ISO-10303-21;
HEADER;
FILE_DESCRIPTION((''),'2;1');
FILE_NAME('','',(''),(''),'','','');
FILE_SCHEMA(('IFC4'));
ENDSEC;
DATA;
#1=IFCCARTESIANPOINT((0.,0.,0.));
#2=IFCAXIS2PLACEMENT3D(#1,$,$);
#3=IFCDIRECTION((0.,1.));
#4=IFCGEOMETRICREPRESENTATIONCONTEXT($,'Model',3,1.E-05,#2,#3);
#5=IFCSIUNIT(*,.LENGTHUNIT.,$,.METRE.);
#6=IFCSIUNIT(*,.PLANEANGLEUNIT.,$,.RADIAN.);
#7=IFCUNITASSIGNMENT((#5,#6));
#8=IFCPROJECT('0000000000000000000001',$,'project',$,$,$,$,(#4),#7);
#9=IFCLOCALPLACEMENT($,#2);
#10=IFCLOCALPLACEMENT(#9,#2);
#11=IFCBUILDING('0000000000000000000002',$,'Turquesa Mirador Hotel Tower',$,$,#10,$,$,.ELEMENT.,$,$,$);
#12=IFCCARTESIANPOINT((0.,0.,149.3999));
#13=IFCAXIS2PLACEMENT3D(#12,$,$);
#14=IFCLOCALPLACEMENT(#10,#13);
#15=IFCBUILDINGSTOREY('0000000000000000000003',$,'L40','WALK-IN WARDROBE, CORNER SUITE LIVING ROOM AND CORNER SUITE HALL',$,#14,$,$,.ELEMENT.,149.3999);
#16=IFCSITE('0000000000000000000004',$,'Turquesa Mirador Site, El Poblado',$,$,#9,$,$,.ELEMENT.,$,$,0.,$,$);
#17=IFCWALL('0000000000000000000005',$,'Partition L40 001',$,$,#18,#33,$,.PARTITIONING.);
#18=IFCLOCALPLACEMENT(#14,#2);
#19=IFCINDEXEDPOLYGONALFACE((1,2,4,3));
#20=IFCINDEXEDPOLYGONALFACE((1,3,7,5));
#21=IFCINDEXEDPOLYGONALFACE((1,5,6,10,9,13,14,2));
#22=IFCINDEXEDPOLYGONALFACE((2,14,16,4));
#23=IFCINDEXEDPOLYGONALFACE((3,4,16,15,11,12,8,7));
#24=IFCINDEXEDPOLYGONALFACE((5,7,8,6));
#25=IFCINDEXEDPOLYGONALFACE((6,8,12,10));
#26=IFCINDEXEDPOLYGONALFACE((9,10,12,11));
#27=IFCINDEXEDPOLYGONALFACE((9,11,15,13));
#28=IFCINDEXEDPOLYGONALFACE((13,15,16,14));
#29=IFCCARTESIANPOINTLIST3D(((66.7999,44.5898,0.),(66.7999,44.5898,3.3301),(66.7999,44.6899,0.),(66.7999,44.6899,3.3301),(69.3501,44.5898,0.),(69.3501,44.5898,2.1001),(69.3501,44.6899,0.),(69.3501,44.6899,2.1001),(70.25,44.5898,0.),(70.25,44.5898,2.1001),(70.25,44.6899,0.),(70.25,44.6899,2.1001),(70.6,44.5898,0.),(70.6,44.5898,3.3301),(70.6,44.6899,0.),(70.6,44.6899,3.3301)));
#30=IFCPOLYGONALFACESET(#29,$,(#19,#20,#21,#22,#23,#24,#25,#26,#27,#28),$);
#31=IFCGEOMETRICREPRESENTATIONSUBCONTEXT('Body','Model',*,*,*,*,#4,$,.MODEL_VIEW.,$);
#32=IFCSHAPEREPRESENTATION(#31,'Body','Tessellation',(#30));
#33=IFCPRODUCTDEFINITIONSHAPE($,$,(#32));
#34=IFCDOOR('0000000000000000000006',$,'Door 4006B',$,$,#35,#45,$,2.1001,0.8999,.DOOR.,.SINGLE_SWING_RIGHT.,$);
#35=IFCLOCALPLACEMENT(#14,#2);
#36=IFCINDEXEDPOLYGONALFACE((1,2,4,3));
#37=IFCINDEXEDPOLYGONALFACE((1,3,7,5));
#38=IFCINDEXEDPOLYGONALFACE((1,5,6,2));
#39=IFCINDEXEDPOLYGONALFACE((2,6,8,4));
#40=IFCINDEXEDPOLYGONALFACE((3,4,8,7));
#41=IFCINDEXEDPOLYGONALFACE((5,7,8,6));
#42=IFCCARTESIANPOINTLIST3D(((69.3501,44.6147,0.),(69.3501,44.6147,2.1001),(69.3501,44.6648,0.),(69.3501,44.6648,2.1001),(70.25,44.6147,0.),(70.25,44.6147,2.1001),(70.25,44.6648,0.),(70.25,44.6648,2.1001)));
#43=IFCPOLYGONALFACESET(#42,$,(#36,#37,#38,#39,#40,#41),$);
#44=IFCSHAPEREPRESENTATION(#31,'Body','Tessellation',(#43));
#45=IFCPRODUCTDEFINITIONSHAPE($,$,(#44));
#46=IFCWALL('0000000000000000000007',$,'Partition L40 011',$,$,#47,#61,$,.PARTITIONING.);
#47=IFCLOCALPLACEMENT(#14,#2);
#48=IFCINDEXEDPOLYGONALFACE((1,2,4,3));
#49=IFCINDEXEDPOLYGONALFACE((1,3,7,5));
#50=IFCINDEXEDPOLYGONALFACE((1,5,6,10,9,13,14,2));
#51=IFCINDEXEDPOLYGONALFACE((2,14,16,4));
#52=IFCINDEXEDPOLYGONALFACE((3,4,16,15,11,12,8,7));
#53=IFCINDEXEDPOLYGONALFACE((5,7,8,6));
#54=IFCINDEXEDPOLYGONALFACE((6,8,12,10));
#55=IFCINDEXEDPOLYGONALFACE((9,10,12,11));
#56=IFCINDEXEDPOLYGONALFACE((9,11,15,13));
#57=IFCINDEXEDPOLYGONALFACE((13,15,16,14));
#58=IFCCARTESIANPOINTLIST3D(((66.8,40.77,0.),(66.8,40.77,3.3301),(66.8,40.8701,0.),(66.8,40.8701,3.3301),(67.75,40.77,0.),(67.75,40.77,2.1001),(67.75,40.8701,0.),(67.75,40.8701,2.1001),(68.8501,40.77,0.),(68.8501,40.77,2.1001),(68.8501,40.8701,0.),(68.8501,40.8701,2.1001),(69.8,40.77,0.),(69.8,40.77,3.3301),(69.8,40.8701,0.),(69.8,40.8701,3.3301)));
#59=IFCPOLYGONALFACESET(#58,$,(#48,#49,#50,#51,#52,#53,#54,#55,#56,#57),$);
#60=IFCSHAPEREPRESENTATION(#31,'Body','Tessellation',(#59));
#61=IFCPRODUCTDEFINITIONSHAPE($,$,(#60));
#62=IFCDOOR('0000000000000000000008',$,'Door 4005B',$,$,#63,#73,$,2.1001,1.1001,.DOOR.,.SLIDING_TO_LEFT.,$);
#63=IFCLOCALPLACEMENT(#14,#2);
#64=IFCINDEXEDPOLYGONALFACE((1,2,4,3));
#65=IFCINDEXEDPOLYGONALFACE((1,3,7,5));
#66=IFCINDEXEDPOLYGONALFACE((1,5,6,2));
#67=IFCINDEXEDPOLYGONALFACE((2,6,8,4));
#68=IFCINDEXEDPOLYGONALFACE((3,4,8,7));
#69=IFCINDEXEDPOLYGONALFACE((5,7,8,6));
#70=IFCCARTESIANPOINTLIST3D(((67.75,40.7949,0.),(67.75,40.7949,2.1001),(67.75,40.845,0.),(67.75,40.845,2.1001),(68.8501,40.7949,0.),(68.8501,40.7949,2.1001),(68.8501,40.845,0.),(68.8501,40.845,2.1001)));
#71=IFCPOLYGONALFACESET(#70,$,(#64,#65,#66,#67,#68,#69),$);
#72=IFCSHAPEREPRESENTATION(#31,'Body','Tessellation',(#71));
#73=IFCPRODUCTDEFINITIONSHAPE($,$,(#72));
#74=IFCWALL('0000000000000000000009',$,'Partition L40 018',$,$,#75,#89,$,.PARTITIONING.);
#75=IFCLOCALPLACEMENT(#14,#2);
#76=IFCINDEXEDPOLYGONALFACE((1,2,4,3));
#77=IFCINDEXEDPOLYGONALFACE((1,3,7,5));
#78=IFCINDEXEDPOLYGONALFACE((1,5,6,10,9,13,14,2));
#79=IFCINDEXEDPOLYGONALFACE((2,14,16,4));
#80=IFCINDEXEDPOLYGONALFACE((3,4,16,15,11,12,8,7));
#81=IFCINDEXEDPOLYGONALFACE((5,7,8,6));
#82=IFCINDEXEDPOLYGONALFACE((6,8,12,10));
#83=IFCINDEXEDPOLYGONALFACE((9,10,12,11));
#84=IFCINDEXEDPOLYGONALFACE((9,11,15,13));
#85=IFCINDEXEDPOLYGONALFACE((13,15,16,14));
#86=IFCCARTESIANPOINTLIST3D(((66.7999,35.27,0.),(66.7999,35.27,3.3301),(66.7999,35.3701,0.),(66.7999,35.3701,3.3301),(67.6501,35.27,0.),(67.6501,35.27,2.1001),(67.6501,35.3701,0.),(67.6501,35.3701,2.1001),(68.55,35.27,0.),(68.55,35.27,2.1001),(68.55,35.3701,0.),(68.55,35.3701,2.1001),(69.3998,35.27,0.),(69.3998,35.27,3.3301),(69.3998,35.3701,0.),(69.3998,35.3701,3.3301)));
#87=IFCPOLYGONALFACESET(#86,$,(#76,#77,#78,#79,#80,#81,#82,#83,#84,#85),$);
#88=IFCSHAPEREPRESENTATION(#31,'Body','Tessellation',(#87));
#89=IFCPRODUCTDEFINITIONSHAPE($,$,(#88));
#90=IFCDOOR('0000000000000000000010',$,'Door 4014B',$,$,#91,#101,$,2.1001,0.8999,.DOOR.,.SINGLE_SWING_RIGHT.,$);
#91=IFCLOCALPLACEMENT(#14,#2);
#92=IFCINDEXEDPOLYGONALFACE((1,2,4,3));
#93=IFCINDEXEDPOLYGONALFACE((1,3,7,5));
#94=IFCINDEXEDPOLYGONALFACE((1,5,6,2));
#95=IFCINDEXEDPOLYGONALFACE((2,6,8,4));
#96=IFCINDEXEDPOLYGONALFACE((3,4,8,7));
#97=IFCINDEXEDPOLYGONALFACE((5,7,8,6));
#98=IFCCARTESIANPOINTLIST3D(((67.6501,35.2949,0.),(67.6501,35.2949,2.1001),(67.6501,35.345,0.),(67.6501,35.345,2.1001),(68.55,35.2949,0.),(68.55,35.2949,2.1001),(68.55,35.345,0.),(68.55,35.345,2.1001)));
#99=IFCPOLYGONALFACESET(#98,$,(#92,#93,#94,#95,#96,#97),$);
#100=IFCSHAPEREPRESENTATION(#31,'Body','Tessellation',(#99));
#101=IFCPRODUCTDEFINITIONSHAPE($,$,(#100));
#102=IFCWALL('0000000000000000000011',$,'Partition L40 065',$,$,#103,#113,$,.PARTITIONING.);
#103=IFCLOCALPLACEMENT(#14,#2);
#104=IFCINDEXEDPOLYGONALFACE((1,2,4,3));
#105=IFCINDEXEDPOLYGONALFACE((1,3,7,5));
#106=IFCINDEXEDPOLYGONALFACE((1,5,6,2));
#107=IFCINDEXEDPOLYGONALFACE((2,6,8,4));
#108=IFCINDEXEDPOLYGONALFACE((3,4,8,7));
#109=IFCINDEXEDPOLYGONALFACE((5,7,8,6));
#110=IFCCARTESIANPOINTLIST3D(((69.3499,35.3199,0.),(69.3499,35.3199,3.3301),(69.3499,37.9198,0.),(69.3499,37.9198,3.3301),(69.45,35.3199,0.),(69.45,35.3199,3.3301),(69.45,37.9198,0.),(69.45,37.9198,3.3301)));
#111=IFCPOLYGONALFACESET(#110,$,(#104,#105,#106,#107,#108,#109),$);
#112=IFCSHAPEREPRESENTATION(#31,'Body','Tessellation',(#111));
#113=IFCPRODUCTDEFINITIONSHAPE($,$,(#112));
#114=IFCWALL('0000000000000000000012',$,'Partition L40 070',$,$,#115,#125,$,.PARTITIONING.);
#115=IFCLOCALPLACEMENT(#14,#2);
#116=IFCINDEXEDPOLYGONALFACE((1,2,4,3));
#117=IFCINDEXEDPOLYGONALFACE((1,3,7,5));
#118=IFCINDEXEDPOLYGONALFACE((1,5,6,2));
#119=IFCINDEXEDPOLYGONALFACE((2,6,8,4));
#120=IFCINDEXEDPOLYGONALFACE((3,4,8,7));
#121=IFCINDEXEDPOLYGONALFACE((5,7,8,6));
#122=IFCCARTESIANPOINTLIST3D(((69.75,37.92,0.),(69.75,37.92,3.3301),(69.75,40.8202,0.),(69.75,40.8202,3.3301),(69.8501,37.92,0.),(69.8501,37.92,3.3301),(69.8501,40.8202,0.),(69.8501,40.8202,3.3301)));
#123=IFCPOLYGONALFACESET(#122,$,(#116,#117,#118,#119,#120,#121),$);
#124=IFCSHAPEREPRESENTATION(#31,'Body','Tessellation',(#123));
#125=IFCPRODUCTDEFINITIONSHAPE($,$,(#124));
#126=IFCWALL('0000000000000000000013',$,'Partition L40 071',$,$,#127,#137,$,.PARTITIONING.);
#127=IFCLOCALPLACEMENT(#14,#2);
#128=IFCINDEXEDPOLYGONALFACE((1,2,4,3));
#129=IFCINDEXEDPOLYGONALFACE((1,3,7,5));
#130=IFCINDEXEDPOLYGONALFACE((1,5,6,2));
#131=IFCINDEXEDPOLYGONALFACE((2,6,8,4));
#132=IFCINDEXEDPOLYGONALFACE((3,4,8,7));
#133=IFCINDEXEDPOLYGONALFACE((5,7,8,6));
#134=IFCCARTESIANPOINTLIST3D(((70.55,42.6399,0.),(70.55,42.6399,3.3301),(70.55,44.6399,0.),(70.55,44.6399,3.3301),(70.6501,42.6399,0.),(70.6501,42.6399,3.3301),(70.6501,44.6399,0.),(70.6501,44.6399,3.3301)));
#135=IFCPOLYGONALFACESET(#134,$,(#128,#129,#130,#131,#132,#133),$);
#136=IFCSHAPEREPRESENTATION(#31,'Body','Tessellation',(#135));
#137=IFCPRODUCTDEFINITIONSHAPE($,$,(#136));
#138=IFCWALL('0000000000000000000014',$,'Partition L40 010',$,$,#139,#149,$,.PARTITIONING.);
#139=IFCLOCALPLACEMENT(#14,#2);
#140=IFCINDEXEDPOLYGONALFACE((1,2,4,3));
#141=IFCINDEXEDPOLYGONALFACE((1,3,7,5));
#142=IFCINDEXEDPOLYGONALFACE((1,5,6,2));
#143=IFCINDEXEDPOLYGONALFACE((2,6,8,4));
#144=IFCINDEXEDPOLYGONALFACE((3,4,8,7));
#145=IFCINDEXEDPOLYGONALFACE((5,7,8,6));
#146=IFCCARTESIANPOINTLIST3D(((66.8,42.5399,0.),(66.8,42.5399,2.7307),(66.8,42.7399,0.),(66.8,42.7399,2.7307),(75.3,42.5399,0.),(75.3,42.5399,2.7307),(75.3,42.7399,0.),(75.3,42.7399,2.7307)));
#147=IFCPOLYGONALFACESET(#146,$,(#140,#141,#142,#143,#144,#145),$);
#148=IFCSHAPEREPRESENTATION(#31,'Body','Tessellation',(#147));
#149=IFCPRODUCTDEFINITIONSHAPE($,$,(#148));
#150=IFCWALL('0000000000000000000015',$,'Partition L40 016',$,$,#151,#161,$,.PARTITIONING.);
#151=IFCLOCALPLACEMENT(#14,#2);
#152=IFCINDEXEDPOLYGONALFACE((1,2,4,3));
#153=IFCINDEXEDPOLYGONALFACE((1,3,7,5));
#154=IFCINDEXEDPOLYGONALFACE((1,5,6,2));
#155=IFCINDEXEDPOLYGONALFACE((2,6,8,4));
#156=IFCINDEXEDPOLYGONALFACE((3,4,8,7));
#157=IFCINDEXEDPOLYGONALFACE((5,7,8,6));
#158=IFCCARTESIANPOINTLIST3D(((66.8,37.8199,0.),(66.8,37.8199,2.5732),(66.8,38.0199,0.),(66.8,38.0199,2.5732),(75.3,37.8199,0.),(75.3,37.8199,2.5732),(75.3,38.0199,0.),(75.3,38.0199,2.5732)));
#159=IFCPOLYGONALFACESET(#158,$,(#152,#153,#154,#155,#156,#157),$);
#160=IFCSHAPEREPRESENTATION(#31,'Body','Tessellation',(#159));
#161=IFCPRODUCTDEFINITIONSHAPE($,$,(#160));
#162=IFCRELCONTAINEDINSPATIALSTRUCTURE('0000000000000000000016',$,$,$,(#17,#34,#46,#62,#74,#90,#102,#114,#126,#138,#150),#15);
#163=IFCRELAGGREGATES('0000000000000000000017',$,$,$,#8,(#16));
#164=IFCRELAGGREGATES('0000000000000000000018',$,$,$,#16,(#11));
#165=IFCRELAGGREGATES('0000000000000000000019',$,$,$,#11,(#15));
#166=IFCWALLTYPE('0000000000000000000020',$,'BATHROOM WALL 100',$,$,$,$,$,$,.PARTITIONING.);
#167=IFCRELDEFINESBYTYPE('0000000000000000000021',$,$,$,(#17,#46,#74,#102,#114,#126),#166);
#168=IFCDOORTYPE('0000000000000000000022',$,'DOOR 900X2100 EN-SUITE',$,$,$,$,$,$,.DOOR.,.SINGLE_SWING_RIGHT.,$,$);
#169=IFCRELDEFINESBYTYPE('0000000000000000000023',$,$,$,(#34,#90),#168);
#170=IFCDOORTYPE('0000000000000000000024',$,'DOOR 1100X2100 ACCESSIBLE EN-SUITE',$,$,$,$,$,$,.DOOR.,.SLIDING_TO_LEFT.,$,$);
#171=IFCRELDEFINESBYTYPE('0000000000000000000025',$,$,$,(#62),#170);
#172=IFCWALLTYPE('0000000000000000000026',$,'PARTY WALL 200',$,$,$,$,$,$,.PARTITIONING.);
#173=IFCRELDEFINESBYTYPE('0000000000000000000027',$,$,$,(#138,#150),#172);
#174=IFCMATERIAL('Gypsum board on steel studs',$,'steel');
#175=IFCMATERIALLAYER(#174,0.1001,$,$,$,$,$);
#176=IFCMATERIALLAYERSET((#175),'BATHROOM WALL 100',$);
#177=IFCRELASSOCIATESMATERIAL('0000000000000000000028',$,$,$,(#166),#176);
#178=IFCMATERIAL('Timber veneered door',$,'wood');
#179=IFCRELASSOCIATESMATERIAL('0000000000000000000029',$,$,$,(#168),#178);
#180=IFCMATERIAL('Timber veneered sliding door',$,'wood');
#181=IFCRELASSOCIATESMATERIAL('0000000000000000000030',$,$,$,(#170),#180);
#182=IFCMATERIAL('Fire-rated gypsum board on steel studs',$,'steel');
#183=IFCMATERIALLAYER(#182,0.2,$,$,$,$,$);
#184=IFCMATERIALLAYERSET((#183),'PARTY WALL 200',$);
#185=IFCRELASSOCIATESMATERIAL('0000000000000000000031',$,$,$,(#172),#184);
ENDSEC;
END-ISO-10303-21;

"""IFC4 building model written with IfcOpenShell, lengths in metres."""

from ifc_helpers import new_model, si_unit, direction, frame, frame_2d, origin, place, context, subcontext, project, spatial, rectangle, extrude, material, layer, layer_set, type_object, element, fill, save


model = new_model("IFC4")

# Units and contexts
model_context = context("Model", 3, precision=1e-05, world=origin(), true_north=direction((0.0, 1.0)))
body_context = subcontext(model_context, "Body", "Model", "MODEL_VIEW")
ifc_project = project(units=[si_unit("LENGTHUNIT", "METRE"), si_unit("PLANEANGLEUNIT", "RADIAN")], contexts=[model_context])

# Site, building, storey
site_placement = place(None, origin())
site = spatial("IfcSite", under=ifc_project, at=site_placement, Name="Turquesa Mirador Site, El Poblado", CompositionType="ELEMENT", RefElevation=0.0)
building_placement = place(site_placement, origin())
building = spatial("IfcBuilding", under=site, at=building_placement, Name="Turquesa Mirador Hotel Tower", CompositionType="ELEMENT")
storey_placement = place(building_placement, frame((0.0, 0.0, 149.3999)))
storey = spatial("IfcBuildingStorey", under=building, at=storey_placement, Name="L40", Description="WALK-IN WARDROBE, CORNER SUITE LIVING ROOM AND CORNER SUITE HALL", CompositionType="ELEMENT", Elevation=149.3999)

# Walls, openings, doors
ifc_material_1 = material(Name="Gypsum board on steel studs", Category="steel")
ifc_layer_1 = layer(ifc_material_1, 0.1001)
ifc_layer_set_1 = layer_set([ifc_layer_1], Name="BATHROOM WALL 100")
wall_type_1 = type_object("IfcWallType", Name="BATHROOM WALL 100", PredefinedType="PARTITIONING", material=ifc_layer_set_1)
wall_1_placement = place(storey_placement, frame((66.8, 44.6399, 0.0), z_axis=(0.0, 0.0, 1.0), x_axis=(1.0, 0.0, 0.0)))
wall_1 = element("IfcWall", 1, at=wall_1_placement, inside=storey, type_object=wall_type_1, Name="Partition L40 001", PredefinedType="PARTITIONING", context=body_context, shape_type="SweptSolid", body=[
    extrude(rectangle(XDim=3.8, YDim=0.1001, at=frame_2d((1.8999, 0.0))), origin(), (0.0, 0.0, 1.0), 3.3301),
])
opening_1_placement = place(wall_1_placement, frame((2.55, 0.0, 0.0)))
opening_1 = element("IfcOpeningElement", 2, at=opening_1_placement, cuts=wall_1, PredefinedType="OPENING", context=body_context, shape_type="SweptSolid", body=[
    extrude(rectangle(XDim=0.8999, YDim=2.1001, at=frame_2d((0.45, 1.05))), frame((0.0, 0.0601, 0.0), z_axis=(0.0, -1.0, 0.0), x_axis=(1.0, 0.0, 0.0)), (0.0, 0.0, 1.0), 0.1201),
])
ifc_material_2 = material(Name="Timber veneered door", Category="wood")
door_type_1 = type_object("IfcDoorType", Name="DOOR 900X2100 EN-SUITE", OperationType="SINGLE_SWING_RIGHT", PredefinedType="DOOR", material=ifc_material_2)
door_1_placement = place(opening_1_placement, origin())
door_1 = element("IfcDoor", 3, at=door_1_placement, inside=storey, type_object=door_type_1, Name="Door 4006B", OperationType="SINGLE_SWING_RIGHT", OverallHeight=2.1001, OverallWidth=0.8999, PredefinedType="DOOR", context=body_context, shape_type="SweptSolid", body=[
    extrude(rectangle(XDim=0.8999, YDim=2.1001, at=frame_2d((0.45, 1.05))), frame((0.0, 0.0249, 0.0), z_axis=(0.0, -1.0, 0.0), x_axis=(1.0, 0.0, 0.0)), (0.0, 0.0, 1.0), 0.05),
])
fill(opening_1, door_1)
wall_2_placement = place(storey_placement, frame((66.8, 40.8201, 0.0), z_axis=(0.0, 0.0, 1.0), x_axis=(1.0, 0.0, 0.0)))
wall_2 = element("IfcWall", 4, at=wall_2_placement, inside=storey, type_object=wall_type_1, Name="Partition L40 011", PredefinedType="PARTITIONING", context=body_context, shape_type="SweptSolid", body=[
    extrude(rectangle(XDim=3.0, YDim=0.1001, at=frame_2d((1.5, 0.0))), origin(), (0.0, 0.0, 1.0), 3.3301),
])
opening_2_placement = place(wall_2_placement, frame((0.95, 0.0, 0.0)))
opening_2 = element("IfcOpeningElement", 5, at=opening_2_placement, cuts=wall_2, PredefinedType="OPENING", context=body_context, shape_type="SweptSolid", body=[
    extrude(rectangle(XDim=1.1001, YDim=2.1001, at=frame_2d((0.55, 1.05))), frame((0.0, 0.0601, 0.0), z_axis=(0.0, -1.0, 0.0), x_axis=(1.0, 0.0, 0.0)), (0.0, 0.0, 1.0), 0.1201),
])
ifc_material_3 = material(Name="Timber veneered sliding door", Category="wood")
door_type_2 = type_object("IfcDoorType", Name="DOOR 1100X2100 ACCESSIBLE EN-SUITE", OperationType="SLIDING_TO_LEFT", PredefinedType="DOOR", material=ifc_material_3)
door_2_placement = place(opening_2_placement, origin())
door_2 = element("IfcDoor", 6, at=door_2_placement, inside=storey, type_object=door_type_2, Name="Door 4005B", OperationType="SLIDING_TO_LEFT", OverallHeight=2.1001, OverallWidth=1.1001, PredefinedType="DOOR", context=body_context, shape_type="SweptSolid", body=[
    extrude(rectangle(XDim=1.1001, YDim=2.1001, at=frame_2d((0.55, 1.05))), frame((0.0, 0.0249, 0.0), z_axis=(0.0, -1.0, 0.0), x_axis=(1.0, 0.0, 0.0)), (0.0, 0.0, 1.0), 0.05),
])
fill(opening_2, door_2)
wall_3_placement = place(storey_placement, frame((66.8, 35.3201, 0.0), z_axis=(0.0, 0.0, 1.0), x_axis=(1.0, 0.0, 0.0)))
wall_3 = element("IfcWall", 7, at=wall_3_placement, inside=storey, type_object=wall_type_1, Name="Partition L40 018", PredefinedType="PARTITIONING", context=body_context, shape_type="SweptSolid", body=[
    extrude(rectangle(XDim=2.5999, YDim=0.1001, at=frame_2d((1.2998, 0.0))), origin(), (0.0, 0.0, 1.0), 3.3301),
])
opening_3_placement = place(wall_3_placement, frame((0.8501, 0.0, 0.0)))
opening_3 = element("IfcOpeningElement", 8, at=opening_3_placement, cuts=wall_3, PredefinedType="OPENING", context=body_context, shape_type="SweptSolid", body=[
    extrude(rectangle(XDim=0.8999, YDim=2.1001, at=frame_2d((0.45, 1.05))), frame((0.0, 0.0601, 0.0), z_axis=(0.0, -1.0, 0.0), x_axis=(1.0, 0.0, 0.0)), (0.0, 0.0, 1.0), 0.1201),
])
door_3_placement = place(opening_3_placement, origin())
door_3 = element("IfcDoor", 9, at=door_3_placement, inside=storey, type_object=door_type_1, Name="Door 4014B", OperationType="SINGLE_SWING_RIGHT", OverallHeight=2.1001, OverallWidth=0.8999, PredefinedType="DOOR", context=body_context, shape_type="SweptSolid", body=[
    extrude(rectangle(XDim=0.8999, YDim=2.1001, at=frame_2d((0.45, 1.05))), frame((0.0, 0.0249, 0.0), z_axis=(0.0, -1.0, 0.0), x_axis=(1.0, 0.0, 0.0)), (0.0, 0.0, 1.0), 0.05),
])
fill(opening_3, door_3)

# Walls
wall_4_placement = place(storey_placement, frame((69.3999, 35.3201, 0.0), z_axis=(0.0, 0.0, 1.0), x_axis=(0.0, 1.0, 0.0)))
element("IfcWall", 10, at=wall_4_placement, inside=storey, type_object=wall_type_1, Name="Partition L40 065", PredefinedType="PARTITIONING", context=body_context, shape_type="SweptSolid", body=[
    extrude(rectangle(XDim=2.5999, YDim=0.1001, at=frame_2d((1.2998, 0.0))), origin(), (0.0, 0.0, 1.0), 3.3301),
])
wall_5_placement = place(storey_placement, frame((69.8, 37.9199, 0.0), z_axis=(0.0, 0.0, 1.0), x_axis=(0.0, 1.0, 0.0)))
element("IfcWall", 11, at=wall_5_placement, inside=storey, type_object=wall_type_1, Name="Partition L40 070", PredefinedType="PARTITIONING", context=body_context, shape_type="SweptSolid", body=[
    extrude(rectangle(XDim=2.9001, YDim=0.1001, at=frame_2d((1.4502, 0.0))), origin(), (0.0, 0.0, 1.0), 3.3301),
])
wall_6_placement = place(storey_placement, frame((70.6001, 42.6399, 0.0), z_axis=(0.0, 0.0, 1.0), x_axis=(0.0, 1.0, 0.0)))
element("IfcWall", 12, at=wall_6_placement, inside=storey, type_object=wall_type_1, Name="Partition L40 071", PredefinedType="PARTITIONING", context=body_context, shape_type="SweptSolid", body=[
    extrude(rectangle(XDim=2.0, YDim=0.1001, at=frame_2d((1.0, 0.0))), origin(), (0.0, 0.0, 1.0), 3.3301),
])
ifc_material_4 = material(Name="Fire-rated gypsum board on steel studs", Category="steel")
ifc_layer_2 = layer(ifc_material_4, 0.2)
ifc_layer_set_2 = layer_set([ifc_layer_2], Name="PARTY WALL 200")
wall_type_2 = type_object("IfcWallType", Name="PARTY WALL 200", PredefinedType="PARTITIONING", material=ifc_layer_set_2)
wall_7_placement = place(storey_placement, frame((66.8, 42.6399, 0.0), z_axis=(0.0, 0.0, 1.0), x_axis=(1.0, 0.0, 0.0)))
element("IfcWall", 13, at=wall_7_placement, inside=storey, type_object=wall_type_2, Name="Partition L40 010", PredefinedType="PARTITIONING", context=body_context, shape_type="SweptSolid", body=[
    extrude(rectangle(XDim=8.5, YDim=0.2, at=frame_2d((4.25, 0.0))), origin(), (0.0, 0.0, 1.0), 2.7307),
])
wall_8_placement = place(storey_placement, frame((66.8, 37.9199, 0.0), z_axis=(0.0, 0.0, 1.0), x_axis=(1.0, 0.0, 0.0)))
element("IfcWall", 14, at=wall_8_placement, inside=storey, type_object=wall_type_2, Name="Partition L40 016", PredefinedType="PARTITIONING", context=body_context, shape_type="SweptSolid", body=[
    extrude(rectangle(XDim=8.5, YDim=0.2, at=frame_2d((4.25, 0.0))), origin(), (0.0, 0.0, 1.0), 2.5732),
])

save(model, "model.ifc")
